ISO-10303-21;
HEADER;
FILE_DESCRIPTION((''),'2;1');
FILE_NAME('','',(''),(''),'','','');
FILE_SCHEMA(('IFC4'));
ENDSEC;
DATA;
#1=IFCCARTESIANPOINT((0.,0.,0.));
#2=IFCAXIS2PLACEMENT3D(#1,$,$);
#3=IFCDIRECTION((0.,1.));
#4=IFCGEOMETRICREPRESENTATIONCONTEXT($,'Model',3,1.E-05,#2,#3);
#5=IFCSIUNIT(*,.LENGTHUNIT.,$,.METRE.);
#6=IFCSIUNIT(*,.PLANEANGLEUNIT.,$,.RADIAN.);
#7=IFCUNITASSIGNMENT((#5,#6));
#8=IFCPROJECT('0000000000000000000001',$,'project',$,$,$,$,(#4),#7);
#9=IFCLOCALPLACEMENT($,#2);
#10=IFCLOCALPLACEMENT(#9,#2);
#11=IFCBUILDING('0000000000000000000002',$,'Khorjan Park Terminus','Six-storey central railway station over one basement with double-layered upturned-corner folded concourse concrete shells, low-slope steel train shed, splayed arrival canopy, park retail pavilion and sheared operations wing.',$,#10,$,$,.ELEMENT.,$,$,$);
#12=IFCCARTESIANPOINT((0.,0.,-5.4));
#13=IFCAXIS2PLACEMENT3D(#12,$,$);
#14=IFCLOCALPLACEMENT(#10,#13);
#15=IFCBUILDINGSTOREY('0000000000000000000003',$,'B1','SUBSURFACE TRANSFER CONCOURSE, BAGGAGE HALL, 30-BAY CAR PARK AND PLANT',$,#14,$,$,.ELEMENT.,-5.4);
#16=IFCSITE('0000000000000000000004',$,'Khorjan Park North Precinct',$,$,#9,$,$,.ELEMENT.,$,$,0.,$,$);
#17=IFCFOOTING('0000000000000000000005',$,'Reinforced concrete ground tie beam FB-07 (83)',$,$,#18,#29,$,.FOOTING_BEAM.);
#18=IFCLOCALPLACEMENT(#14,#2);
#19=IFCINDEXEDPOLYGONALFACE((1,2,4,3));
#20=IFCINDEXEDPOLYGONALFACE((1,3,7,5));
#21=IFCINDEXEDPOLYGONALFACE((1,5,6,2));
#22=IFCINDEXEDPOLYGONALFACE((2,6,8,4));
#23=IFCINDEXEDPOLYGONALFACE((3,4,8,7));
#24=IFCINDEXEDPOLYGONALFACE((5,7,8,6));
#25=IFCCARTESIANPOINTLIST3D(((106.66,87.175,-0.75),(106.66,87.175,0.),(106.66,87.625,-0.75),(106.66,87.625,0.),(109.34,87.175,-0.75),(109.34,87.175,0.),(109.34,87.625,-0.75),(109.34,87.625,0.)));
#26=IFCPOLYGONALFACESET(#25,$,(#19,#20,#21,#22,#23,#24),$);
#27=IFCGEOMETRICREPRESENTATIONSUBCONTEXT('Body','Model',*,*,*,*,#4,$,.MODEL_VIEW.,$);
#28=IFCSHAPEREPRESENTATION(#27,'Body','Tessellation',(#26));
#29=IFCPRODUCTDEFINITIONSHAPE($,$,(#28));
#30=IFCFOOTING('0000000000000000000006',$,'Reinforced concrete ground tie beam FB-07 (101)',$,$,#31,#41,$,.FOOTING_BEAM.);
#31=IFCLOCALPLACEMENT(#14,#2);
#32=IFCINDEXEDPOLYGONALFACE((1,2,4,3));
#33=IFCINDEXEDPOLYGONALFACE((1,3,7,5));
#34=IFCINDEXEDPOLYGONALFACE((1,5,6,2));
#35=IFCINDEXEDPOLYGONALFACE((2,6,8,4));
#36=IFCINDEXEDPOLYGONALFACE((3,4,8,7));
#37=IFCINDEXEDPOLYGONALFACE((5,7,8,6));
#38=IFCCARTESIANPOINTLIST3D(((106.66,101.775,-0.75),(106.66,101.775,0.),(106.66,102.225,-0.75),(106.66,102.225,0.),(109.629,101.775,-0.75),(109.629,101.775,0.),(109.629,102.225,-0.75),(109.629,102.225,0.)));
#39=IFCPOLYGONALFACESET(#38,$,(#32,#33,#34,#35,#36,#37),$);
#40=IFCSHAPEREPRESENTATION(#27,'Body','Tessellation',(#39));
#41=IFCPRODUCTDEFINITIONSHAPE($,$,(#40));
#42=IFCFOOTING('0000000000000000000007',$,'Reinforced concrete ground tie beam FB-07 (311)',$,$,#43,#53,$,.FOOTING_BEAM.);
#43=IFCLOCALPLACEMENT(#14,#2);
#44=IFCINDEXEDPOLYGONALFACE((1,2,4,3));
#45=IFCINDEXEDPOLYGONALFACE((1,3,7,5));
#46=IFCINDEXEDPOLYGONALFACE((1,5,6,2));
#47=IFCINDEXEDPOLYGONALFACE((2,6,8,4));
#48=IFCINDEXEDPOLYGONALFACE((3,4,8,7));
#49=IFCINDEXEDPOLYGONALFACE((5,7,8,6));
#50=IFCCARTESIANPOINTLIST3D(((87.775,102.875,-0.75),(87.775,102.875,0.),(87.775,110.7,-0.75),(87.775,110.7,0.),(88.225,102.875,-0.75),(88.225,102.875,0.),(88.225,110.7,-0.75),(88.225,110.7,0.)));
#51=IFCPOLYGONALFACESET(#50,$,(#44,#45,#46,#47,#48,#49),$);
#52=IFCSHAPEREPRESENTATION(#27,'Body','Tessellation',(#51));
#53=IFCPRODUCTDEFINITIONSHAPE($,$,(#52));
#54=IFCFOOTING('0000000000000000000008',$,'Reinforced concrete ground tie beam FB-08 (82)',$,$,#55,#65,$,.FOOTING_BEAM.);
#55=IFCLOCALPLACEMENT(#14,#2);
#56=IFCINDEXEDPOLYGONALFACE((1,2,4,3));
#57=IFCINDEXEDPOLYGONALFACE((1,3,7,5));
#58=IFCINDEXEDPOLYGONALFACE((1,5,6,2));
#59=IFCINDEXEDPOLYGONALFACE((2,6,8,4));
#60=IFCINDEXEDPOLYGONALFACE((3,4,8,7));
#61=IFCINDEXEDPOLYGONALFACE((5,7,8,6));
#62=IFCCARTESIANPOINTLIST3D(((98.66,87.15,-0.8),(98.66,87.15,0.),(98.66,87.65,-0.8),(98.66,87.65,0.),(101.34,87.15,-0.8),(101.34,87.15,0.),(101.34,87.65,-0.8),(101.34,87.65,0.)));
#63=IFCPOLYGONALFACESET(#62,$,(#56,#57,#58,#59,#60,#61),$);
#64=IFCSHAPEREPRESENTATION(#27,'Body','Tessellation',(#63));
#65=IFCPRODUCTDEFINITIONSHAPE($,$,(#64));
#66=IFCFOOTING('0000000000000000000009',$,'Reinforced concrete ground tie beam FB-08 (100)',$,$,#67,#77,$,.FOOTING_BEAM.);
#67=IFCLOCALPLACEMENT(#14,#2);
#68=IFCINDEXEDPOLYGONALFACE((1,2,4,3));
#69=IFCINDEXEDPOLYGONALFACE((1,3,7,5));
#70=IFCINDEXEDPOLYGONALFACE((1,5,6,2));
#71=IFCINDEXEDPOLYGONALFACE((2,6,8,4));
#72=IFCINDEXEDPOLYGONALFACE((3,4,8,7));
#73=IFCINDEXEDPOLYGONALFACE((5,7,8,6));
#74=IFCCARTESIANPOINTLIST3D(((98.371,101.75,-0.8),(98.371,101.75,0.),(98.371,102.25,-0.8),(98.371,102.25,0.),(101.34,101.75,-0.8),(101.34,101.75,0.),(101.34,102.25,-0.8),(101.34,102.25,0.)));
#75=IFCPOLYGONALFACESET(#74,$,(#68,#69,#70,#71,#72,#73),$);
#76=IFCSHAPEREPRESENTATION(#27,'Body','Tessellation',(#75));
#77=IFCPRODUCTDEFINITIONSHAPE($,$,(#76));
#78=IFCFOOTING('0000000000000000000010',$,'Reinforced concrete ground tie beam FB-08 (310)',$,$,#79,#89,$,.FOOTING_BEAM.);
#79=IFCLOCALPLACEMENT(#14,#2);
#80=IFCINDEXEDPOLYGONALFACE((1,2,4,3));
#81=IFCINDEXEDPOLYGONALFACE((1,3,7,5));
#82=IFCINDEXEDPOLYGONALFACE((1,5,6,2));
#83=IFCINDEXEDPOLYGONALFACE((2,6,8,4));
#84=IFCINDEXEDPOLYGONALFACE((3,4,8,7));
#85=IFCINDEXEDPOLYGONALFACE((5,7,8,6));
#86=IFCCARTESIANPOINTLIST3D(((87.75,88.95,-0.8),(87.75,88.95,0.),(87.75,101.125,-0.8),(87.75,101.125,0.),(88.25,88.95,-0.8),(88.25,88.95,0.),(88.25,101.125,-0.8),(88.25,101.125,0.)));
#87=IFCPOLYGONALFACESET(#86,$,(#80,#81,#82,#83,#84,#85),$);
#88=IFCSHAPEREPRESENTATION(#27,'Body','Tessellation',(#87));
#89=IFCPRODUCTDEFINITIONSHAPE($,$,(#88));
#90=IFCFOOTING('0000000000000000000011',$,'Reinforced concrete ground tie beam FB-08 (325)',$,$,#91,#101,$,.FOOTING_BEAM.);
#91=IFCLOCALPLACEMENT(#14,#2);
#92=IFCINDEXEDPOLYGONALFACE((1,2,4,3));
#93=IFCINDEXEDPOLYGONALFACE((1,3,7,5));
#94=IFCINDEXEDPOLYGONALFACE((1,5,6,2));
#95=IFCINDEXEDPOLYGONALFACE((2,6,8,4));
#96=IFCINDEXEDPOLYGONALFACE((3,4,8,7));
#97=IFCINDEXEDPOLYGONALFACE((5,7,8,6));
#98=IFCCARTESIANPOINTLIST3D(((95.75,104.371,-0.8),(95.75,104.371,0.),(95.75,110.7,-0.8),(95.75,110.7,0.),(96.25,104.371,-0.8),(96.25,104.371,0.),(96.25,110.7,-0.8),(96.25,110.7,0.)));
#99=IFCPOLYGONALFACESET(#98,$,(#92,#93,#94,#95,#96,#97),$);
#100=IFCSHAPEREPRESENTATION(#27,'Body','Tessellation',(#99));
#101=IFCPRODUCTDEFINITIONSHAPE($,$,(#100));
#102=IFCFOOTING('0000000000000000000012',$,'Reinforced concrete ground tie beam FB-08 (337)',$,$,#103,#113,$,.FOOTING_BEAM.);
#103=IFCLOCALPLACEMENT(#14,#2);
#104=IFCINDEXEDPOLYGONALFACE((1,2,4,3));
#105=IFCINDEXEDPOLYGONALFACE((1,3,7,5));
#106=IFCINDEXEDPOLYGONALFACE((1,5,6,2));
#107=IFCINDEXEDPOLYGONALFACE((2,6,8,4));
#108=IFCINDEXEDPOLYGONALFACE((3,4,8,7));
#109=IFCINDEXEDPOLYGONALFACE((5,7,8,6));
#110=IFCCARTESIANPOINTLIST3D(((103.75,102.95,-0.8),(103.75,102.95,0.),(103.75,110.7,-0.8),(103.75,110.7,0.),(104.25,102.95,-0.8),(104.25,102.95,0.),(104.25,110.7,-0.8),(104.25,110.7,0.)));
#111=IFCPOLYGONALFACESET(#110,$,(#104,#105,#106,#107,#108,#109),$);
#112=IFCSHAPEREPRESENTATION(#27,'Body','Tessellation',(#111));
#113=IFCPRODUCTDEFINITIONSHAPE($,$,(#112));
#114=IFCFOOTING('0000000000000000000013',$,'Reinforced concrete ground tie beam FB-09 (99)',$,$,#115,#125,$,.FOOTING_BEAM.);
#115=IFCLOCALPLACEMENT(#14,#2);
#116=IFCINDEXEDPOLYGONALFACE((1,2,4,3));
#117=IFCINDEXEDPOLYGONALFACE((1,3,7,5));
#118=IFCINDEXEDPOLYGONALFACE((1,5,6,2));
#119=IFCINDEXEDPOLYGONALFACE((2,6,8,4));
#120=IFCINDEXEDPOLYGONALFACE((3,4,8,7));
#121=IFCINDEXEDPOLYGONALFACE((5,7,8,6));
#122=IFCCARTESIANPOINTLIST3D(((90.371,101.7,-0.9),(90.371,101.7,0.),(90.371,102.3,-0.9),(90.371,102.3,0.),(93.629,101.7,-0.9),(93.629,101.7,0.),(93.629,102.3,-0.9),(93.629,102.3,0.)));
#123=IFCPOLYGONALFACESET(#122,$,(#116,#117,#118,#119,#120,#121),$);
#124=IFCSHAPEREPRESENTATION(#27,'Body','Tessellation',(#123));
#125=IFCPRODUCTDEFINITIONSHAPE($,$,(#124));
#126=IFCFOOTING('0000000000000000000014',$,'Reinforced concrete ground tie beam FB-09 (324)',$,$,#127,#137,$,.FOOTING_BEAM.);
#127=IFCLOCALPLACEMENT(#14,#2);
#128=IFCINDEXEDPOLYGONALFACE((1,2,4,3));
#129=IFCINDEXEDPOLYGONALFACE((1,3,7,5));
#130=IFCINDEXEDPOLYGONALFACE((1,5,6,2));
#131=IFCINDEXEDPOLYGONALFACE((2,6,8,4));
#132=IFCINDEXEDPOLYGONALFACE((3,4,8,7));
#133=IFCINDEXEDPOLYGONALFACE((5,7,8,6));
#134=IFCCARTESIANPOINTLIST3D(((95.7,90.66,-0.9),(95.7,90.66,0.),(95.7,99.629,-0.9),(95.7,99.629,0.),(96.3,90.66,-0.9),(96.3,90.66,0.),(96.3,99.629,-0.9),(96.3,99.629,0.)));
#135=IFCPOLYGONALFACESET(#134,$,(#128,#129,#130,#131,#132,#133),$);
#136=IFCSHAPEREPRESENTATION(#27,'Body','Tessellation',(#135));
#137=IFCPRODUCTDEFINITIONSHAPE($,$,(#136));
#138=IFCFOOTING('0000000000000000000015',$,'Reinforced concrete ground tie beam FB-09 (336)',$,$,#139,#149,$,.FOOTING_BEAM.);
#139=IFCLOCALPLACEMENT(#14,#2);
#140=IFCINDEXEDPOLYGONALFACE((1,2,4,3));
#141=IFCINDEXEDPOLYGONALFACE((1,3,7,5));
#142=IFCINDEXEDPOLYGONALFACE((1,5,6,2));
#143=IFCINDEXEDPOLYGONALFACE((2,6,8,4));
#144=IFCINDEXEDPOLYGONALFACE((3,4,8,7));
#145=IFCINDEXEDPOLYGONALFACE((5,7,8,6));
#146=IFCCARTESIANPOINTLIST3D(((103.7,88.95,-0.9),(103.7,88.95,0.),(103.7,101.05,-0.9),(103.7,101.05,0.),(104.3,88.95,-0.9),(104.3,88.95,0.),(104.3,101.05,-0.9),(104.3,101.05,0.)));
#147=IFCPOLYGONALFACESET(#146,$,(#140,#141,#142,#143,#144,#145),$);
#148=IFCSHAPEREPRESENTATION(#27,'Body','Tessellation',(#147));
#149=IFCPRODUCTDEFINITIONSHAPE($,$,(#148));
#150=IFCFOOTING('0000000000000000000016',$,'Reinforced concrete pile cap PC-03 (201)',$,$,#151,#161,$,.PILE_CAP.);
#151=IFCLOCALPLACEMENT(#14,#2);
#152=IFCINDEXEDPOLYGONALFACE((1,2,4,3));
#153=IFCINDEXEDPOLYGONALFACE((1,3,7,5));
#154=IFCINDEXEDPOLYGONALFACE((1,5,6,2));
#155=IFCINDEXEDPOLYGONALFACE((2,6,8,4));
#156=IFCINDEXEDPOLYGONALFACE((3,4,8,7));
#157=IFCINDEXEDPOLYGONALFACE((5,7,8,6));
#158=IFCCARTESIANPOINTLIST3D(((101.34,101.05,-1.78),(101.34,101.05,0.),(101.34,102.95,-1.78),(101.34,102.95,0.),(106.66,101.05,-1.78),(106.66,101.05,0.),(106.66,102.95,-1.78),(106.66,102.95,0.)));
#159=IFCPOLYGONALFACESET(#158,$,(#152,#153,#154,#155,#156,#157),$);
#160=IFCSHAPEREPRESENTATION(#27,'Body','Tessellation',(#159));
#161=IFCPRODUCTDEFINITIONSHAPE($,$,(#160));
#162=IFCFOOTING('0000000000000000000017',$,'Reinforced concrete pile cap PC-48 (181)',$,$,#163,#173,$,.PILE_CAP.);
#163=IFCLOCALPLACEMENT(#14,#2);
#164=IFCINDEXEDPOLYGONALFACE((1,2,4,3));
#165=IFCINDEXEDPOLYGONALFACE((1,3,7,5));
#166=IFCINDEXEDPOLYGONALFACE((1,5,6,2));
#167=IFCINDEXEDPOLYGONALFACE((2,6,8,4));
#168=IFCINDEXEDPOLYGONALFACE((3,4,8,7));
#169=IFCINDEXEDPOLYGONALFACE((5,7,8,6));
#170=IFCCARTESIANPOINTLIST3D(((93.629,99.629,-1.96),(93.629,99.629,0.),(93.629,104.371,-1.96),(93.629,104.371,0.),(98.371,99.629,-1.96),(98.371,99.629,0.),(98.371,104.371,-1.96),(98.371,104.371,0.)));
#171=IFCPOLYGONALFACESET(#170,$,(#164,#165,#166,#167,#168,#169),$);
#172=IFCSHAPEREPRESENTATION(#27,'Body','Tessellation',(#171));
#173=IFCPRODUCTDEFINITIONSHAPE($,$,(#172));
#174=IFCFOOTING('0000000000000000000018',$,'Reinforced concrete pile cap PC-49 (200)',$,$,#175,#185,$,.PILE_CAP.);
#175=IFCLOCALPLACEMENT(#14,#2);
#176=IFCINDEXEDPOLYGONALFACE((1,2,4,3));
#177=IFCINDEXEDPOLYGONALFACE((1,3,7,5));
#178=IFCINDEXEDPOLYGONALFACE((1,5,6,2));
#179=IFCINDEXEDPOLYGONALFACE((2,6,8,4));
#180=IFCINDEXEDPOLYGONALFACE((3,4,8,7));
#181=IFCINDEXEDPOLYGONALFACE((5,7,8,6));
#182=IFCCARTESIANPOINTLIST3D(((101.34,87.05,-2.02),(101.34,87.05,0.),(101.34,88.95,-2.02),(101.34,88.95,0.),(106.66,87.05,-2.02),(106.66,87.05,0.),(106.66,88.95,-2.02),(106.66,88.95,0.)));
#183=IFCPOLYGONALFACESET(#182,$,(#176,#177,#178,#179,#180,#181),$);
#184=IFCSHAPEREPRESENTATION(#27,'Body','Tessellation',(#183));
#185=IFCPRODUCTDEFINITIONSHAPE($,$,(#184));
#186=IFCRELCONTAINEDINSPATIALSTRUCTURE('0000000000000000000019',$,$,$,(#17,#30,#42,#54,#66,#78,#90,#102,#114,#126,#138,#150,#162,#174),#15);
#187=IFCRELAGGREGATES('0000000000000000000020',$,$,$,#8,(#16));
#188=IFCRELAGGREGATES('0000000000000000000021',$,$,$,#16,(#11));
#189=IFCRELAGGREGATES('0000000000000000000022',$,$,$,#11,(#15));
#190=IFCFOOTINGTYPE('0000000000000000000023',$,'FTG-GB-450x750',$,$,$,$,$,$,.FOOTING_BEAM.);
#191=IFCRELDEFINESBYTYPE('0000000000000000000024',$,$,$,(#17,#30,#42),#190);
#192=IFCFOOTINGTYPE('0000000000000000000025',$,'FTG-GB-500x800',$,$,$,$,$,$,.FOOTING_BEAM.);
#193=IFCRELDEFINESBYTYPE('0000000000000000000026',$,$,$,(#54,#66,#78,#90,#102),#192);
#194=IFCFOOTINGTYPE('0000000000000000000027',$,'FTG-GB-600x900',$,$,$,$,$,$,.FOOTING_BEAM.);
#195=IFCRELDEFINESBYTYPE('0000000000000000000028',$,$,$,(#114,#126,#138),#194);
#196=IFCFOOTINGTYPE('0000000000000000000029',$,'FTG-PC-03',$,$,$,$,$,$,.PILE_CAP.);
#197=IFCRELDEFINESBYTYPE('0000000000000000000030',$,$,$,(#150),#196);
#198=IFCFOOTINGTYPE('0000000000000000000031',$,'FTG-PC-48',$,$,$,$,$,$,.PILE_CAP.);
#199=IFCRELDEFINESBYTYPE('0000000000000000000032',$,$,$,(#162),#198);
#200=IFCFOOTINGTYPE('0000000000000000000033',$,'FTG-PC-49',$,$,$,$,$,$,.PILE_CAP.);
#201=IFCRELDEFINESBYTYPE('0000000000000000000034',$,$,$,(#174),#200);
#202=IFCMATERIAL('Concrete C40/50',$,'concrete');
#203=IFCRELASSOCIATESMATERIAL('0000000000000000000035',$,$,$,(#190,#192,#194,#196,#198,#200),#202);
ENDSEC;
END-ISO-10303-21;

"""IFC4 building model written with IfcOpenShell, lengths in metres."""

from ifc_helpers import new_model, si_unit, direction, frame, origin, origin_2d, place, context, subcontext, project, spatial, rectangle, extrude, material, material_profile, profile_set, type_object, element, save


model = new_model("IFC4")

# Units and contexts
model_context = context("Model", 3, precision=1e-05, world=origin(), true_north=direction((0.0, 1.0)))
body_context = subcontext(model_context, "Body", "Model", "MODEL_VIEW")
ifc_project = project(units=[si_unit("LENGTHUNIT", "METRE"), si_unit("PLANEANGLEUNIT", "RADIAN")], contexts=[model_context])

# Site, building, storey
site_placement = place(None, origin())
site = spatial("IfcSite", under=ifc_project, at=site_placement, Name="Khorjan Park North Precinct", CompositionType="ELEMENT", RefElevation=0.0)
building_placement = place(site_placement, origin())
building = spatial("IfcBuilding", under=site, at=building_placement, Name="Khorjan Park Terminus", Description="Six-storey central railway station over one basement with double-layered upturned-corner folded concourse concrete shells, low-slope steel train shed, splayed arrival canopy, park retail pavilion and sheared operations wing.", CompositionType="ELEMENT")
storey_placement = place(building_placement, frame((0.0, 0.0, -5.4)))
storey = spatial("IfcBuildingStorey", under=building, at=storey_placement, Name="B1", Description="SUBSURFACE TRANSFER CONCOURSE, BAGGAGE HALL, 30-BAY CAR PARK AND PLANT", CompositionType="ELEMENT", Elevation=-5.4)

# Footings
ifc_material_1 = material(Name="Concrete C40/50", Category="concrete")
ifc_material_profile_1 = material_profile(ifc_material_1, rectangle(XDim=0.45, YDim=0.75, at=origin_2d()), Name="RC 450x750")
ifc_profile_set_1 = profile_set([ifc_material_profile_1], Name="Concrete C40/50")
footing_type_1 = type_object("IfcFootingType", Name="FTG-GB-450x750", PredefinedType="FOOTING_BEAM", material=ifc_profile_set_1)
footing_1_placement = place(storey_placement, frame((106.66, 87.4, -0.375), z_axis=(1.0, 0.0, 0.0), x_axis=(0.0, 1.0, 0.0)))
element("IfcFooting", 1, at=footing_1_placement, inside=storey, type_object=footing_type_1, Name="Reinforced concrete ground tie beam FB-07 (83)", PredefinedType="FOOTING_BEAM", context=body_context, shape_type="SweptSolid", body=[
    extrude(rectangle(XDim=0.45, YDim=0.75, at=origin_2d()), origin(), (0.0, 0.0, 1.0), 2.68),
])
footing_2_placement = place(storey_placement, frame((106.66, 102.0, -0.375), z_axis=(1.0, 0.0, 0.0), x_axis=(0.0, 1.0, 0.0)))
element("IfcFooting", 2, at=footing_2_placement, inside=storey, type_object=footing_type_1, Name="Reinforced concrete ground tie beam FB-07 (101)", PredefinedType="FOOTING_BEAM", context=body_context, shape_type="SweptSolid", body=[
    extrude(rectangle(XDim=0.45, YDim=0.75, at=origin_2d()), origin(), (0.0, 0.0, 1.0), 2.969),
])
footing_3_placement = place(storey_placement, frame((88.0, 102.875, -0.375), z_axis=(0.0, 1.0, 0.0), x_axis=(-1.0, 0.0, 0.0)))
element("IfcFooting", 3, at=footing_3_placement, inside=storey, type_object=footing_type_1, Name="Reinforced concrete ground tie beam FB-07 (311)", PredefinedType="FOOTING_BEAM", context=body_context, shape_type="SweptSolid", body=[
    extrude(rectangle(XDim=0.45, YDim=0.75, at=origin_2d()), origin(), (0.0, 0.0, 1.0), 7.825),
])
ifc_material_profile_2 = material_profile(ifc_material_1, rectangle(XDim=0.5, YDim=0.8, at=origin_2d()), Name="RC 500x800")
ifc_profile_set_2 = profile_set([ifc_material_profile_2], Name="Concrete C40/50")
footing_type_2 = type_object("IfcFootingType", Name="FTG-GB-500x800", PredefinedType="FOOTING_BEAM", material=ifc_profile_set_2)
footing_4_placement = place(storey_placement, frame((98.66, 87.4, -0.4), z_axis=(1.0, 0.0, 0.0), x_axis=(0.0, 1.0, 0.0)))
element("IfcFooting", 4, at=footing_4_placement, inside=storey, type_object=footing_type_2, Name="Reinforced concrete ground tie beam FB-08 (82)", PredefinedType="FOOTING_BEAM", context=body_context, shape_type="SweptSolid", body=[
    extrude(rectangle(XDim=0.5, YDim=0.8, at=origin_2d()), origin(), (0.0, 0.0, 1.0), 2.68),
])
footing_5_placement = place(storey_placement, frame((98.371, 102.0, -0.4), z_axis=(1.0, 0.0, 0.0), x_axis=(0.0, 1.0, 0.0)))
element("IfcFooting", 5, at=footing_5_placement, inside=storey, type_object=footing_type_2, Name="Reinforced concrete ground tie beam FB-08 (100)", PredefinedType="FOOTING_BEAM", context=body_context, shape_type="SweptSolid", body=[
    extrude(rectangle(XDim=0.5, YDim=0.8, at=origin_2d()), origin(), (0.0, 0.0, 1.0), 2.969),
])
footing_6_placement = place(storey_placement, frame((88.0, 88.95, -0.4), z_axis=(0.0, 1.0, 0.0), x_axis=(-1.0, 0.0, 0.0)))
element("IfcFooting", 6, at=footing_6_placement, inside=storey, type_object=footing_type_2, Name="Reinforced concrete ground tie beam FB-08 (310)", PredefinedType="FOOTING_BEAM", context=body_context, shape_type="SweptSolid", body=[
    extrude(rectangle(XDim=0.5, YDim=0.8, at=origin_2d()), origin(), (0.0, 0.0, 1.0), 12.175),
])
footing_7_placement = place(storey_placement, frame((96.0, 104.371, -0.4), z_axis=(0.0, 1.0, 0.0), x_axis=(-1.0, 0.0, 0.0)))
element("IfcFooting", 7, at=footing_7_placement, inside=storey, type_object=footing_type_2, Name="Reinforced concrete ground tie beam FB-08 (325)", PredefinedType="FOOTING_BEAM", context=body_context, shape_type="SweptSolid", body=[
    extrude(rectangle(XDim=0.5, YDim=0.8, at=origin_2d()), origin(), (0.0, 0.0, 1.0), 6.329),
])
footing_8_placement = place(storey_placement, frame((104.0, 102.95, -0.4), z_axis=(0.0, 1.0, 0.0), x_axis=(-1.0, 0.0, 0.0)))
element("IfcFooting", 8, at=footing_8_placement, inside=storey, type_object=footing_type_2, Name="Reinforced concrete ground tie beam FB-08 (337)", PredefinedType="FOOTING_BEAM", context=body_context, shape_type="SweptSolid", body=[
    extrude(rectangle(XDim=0.5, YDim=0.8, at=origin_2d()), origin(), (0.0, 0.0, 1.0), 7.75),
])
ifc_material_profile_3 = material_profile(ifc_material_1, rectangle(XDim=0.6, YDim=0.9, at=origin_2d()), Name="RC 600x900")
ifc_profile_set_3 = profile_set([ifc_material_profile_3], Name="Concrete C40/50")
footing_type_3 = type_object("IfcFootingType", Name="FTG-GB-600x900", PredefinedType="FOOTING_BEAM", material=ifc_profile_set_3)
footing_9_placement = place(storey_placement, frame((90.371, 102.0, -0.45), z_axis=(1.0, 0.0, 0.0), x_axis=(0.0, 1.0, 0.0)))
element("IfcFooting", 9, at=footing_9_placement, inside=storey, type_object=footing_type_3, Name="Reinforced concrete ground tie beam FB-09 (99)", PredefinedType="FOOTING_BEAM", context=body_context, shape_type="SweptSolid", body=[
    extrude(rectangle(XDim=0.6, YDim=0.9, at=origin_2d()), origin(), (0.0, 0.0, 1.0), 3.258),
])
footing_10_placement = place(storey_placement, frame((96.0, 90.66, -0.45), z_axis=(0.0, 1.0, 0.0), x_axis=(-1.0, 0.0, 0.0)))
element("IfcFooting", 10, at=footing_10_placement, inside=storey, type_object=footing_type_3, Name="Reinforced concrete ground tie beam FB-09 (324)", PredefinedType="FOOTING_BEAM", context=body_context, shape_type="SweptSolid", body=[
    extrude(rectangle(XDim=0.6, YDim=0.9, at=origin_2d()), origin(), (0.0, 0.0, 1.0), 8.969),
])
footing_11_placement = place(storey_placement, frame((104.0, 88.95, -0.45), z_axis=(0.0, 1.0, 0.0), x_axis=(-1.0, 0.0, 0.0)))
element("IfcFooting", 11, at=footing_11_placement, inside=storey, type_object=footing_type_3, Name="Reinforced concrete ground tie beam FB-09 (336)", PredefinedType="FOOTING_BEAM", context=body_context, shape_type="SweptSolid", body=[
    extrude(rectangle(XDim=0.6, YDim=0.9, at=origin_2d()), origin(), (0.0, 0.0, 1.0), 12.1),
])
footing_type_4 = type_object("IfcFootingType", Name="FTG-PC-03", PredefinedType="PILE_CAP", material=ifc_material_1)
footing_12_placement = place(storey_placement, frame((104.0, 102.0, -1.78), z_axis=(0.0, 0.0, 1.0), x_axis=(1.0, 0.0, 0.0)))
element("IfcFooting", 12, at=footing_12_placement, inside=storey, type_object=footing_type_4, Name="Reinforced concrete pile cap PC-03 (201)", PredefinedType="PILE_CAP", context=body_context, shape_type="SweptSolid", body=[
    extrude(rectangle(XDim=5.32, YDim=1.9, at=origin_2d()), origin(), (0.0, 0.0, 1.0), 1.78),
])
footing_type_5 = type_object("IfcFootingType", Name="FTG-PC-48", PredefinedType="PILE_CAP", material=ifc_material_1)
footing_13_placement = place(storey_placement, frame((96.0, 102.0, -1.96), z_axis=(0.0, 0.0, 1.0), x_axis=(1.0, 0.0, 0.0)))
element("IfcFooting", 13, at=footing_13_placement, inside=storey, type_object=footing_type_5, Name="Reinforced concrete pile cap PC-48 (181)", PredefinedType="PILE_CAP", context=body_context, shape_type="SweptSolid", body=[
    extrude(rectangle(XDim=4.742, YDim=4.742, at=origin_2d()), origin(), (0.0, 0.0, 1.0), 1.96),
])
footing_type_6 = type_object("IfcFootingType", Name="FTG-PC-49", PredefinedType="PILE_CAP", material=ifc_material_1)
footing_14_placement = place(storey_placement, frame((104.0, 88.0, -2.02), z_axis=(0.0, 0.0, 1.0), x_axis=(1.0, 0.0, 0.0)))
element("IfcFooting", 14, at=footing_14_placement, inside=storey, type_object=footing_type_6, Name="Reinforced concrete pile cap PC-49 (200)", PredefinedType="PILE_CAP", context=body_context, shape_type="SweptSolid", body=[
    extrude(rectangle(XDim=5.32, YDim=1.9, at=origin_2d()), origin(), (0.0, 0.0, 1.0), 2.02),
])

save(model, "model.ifc")
